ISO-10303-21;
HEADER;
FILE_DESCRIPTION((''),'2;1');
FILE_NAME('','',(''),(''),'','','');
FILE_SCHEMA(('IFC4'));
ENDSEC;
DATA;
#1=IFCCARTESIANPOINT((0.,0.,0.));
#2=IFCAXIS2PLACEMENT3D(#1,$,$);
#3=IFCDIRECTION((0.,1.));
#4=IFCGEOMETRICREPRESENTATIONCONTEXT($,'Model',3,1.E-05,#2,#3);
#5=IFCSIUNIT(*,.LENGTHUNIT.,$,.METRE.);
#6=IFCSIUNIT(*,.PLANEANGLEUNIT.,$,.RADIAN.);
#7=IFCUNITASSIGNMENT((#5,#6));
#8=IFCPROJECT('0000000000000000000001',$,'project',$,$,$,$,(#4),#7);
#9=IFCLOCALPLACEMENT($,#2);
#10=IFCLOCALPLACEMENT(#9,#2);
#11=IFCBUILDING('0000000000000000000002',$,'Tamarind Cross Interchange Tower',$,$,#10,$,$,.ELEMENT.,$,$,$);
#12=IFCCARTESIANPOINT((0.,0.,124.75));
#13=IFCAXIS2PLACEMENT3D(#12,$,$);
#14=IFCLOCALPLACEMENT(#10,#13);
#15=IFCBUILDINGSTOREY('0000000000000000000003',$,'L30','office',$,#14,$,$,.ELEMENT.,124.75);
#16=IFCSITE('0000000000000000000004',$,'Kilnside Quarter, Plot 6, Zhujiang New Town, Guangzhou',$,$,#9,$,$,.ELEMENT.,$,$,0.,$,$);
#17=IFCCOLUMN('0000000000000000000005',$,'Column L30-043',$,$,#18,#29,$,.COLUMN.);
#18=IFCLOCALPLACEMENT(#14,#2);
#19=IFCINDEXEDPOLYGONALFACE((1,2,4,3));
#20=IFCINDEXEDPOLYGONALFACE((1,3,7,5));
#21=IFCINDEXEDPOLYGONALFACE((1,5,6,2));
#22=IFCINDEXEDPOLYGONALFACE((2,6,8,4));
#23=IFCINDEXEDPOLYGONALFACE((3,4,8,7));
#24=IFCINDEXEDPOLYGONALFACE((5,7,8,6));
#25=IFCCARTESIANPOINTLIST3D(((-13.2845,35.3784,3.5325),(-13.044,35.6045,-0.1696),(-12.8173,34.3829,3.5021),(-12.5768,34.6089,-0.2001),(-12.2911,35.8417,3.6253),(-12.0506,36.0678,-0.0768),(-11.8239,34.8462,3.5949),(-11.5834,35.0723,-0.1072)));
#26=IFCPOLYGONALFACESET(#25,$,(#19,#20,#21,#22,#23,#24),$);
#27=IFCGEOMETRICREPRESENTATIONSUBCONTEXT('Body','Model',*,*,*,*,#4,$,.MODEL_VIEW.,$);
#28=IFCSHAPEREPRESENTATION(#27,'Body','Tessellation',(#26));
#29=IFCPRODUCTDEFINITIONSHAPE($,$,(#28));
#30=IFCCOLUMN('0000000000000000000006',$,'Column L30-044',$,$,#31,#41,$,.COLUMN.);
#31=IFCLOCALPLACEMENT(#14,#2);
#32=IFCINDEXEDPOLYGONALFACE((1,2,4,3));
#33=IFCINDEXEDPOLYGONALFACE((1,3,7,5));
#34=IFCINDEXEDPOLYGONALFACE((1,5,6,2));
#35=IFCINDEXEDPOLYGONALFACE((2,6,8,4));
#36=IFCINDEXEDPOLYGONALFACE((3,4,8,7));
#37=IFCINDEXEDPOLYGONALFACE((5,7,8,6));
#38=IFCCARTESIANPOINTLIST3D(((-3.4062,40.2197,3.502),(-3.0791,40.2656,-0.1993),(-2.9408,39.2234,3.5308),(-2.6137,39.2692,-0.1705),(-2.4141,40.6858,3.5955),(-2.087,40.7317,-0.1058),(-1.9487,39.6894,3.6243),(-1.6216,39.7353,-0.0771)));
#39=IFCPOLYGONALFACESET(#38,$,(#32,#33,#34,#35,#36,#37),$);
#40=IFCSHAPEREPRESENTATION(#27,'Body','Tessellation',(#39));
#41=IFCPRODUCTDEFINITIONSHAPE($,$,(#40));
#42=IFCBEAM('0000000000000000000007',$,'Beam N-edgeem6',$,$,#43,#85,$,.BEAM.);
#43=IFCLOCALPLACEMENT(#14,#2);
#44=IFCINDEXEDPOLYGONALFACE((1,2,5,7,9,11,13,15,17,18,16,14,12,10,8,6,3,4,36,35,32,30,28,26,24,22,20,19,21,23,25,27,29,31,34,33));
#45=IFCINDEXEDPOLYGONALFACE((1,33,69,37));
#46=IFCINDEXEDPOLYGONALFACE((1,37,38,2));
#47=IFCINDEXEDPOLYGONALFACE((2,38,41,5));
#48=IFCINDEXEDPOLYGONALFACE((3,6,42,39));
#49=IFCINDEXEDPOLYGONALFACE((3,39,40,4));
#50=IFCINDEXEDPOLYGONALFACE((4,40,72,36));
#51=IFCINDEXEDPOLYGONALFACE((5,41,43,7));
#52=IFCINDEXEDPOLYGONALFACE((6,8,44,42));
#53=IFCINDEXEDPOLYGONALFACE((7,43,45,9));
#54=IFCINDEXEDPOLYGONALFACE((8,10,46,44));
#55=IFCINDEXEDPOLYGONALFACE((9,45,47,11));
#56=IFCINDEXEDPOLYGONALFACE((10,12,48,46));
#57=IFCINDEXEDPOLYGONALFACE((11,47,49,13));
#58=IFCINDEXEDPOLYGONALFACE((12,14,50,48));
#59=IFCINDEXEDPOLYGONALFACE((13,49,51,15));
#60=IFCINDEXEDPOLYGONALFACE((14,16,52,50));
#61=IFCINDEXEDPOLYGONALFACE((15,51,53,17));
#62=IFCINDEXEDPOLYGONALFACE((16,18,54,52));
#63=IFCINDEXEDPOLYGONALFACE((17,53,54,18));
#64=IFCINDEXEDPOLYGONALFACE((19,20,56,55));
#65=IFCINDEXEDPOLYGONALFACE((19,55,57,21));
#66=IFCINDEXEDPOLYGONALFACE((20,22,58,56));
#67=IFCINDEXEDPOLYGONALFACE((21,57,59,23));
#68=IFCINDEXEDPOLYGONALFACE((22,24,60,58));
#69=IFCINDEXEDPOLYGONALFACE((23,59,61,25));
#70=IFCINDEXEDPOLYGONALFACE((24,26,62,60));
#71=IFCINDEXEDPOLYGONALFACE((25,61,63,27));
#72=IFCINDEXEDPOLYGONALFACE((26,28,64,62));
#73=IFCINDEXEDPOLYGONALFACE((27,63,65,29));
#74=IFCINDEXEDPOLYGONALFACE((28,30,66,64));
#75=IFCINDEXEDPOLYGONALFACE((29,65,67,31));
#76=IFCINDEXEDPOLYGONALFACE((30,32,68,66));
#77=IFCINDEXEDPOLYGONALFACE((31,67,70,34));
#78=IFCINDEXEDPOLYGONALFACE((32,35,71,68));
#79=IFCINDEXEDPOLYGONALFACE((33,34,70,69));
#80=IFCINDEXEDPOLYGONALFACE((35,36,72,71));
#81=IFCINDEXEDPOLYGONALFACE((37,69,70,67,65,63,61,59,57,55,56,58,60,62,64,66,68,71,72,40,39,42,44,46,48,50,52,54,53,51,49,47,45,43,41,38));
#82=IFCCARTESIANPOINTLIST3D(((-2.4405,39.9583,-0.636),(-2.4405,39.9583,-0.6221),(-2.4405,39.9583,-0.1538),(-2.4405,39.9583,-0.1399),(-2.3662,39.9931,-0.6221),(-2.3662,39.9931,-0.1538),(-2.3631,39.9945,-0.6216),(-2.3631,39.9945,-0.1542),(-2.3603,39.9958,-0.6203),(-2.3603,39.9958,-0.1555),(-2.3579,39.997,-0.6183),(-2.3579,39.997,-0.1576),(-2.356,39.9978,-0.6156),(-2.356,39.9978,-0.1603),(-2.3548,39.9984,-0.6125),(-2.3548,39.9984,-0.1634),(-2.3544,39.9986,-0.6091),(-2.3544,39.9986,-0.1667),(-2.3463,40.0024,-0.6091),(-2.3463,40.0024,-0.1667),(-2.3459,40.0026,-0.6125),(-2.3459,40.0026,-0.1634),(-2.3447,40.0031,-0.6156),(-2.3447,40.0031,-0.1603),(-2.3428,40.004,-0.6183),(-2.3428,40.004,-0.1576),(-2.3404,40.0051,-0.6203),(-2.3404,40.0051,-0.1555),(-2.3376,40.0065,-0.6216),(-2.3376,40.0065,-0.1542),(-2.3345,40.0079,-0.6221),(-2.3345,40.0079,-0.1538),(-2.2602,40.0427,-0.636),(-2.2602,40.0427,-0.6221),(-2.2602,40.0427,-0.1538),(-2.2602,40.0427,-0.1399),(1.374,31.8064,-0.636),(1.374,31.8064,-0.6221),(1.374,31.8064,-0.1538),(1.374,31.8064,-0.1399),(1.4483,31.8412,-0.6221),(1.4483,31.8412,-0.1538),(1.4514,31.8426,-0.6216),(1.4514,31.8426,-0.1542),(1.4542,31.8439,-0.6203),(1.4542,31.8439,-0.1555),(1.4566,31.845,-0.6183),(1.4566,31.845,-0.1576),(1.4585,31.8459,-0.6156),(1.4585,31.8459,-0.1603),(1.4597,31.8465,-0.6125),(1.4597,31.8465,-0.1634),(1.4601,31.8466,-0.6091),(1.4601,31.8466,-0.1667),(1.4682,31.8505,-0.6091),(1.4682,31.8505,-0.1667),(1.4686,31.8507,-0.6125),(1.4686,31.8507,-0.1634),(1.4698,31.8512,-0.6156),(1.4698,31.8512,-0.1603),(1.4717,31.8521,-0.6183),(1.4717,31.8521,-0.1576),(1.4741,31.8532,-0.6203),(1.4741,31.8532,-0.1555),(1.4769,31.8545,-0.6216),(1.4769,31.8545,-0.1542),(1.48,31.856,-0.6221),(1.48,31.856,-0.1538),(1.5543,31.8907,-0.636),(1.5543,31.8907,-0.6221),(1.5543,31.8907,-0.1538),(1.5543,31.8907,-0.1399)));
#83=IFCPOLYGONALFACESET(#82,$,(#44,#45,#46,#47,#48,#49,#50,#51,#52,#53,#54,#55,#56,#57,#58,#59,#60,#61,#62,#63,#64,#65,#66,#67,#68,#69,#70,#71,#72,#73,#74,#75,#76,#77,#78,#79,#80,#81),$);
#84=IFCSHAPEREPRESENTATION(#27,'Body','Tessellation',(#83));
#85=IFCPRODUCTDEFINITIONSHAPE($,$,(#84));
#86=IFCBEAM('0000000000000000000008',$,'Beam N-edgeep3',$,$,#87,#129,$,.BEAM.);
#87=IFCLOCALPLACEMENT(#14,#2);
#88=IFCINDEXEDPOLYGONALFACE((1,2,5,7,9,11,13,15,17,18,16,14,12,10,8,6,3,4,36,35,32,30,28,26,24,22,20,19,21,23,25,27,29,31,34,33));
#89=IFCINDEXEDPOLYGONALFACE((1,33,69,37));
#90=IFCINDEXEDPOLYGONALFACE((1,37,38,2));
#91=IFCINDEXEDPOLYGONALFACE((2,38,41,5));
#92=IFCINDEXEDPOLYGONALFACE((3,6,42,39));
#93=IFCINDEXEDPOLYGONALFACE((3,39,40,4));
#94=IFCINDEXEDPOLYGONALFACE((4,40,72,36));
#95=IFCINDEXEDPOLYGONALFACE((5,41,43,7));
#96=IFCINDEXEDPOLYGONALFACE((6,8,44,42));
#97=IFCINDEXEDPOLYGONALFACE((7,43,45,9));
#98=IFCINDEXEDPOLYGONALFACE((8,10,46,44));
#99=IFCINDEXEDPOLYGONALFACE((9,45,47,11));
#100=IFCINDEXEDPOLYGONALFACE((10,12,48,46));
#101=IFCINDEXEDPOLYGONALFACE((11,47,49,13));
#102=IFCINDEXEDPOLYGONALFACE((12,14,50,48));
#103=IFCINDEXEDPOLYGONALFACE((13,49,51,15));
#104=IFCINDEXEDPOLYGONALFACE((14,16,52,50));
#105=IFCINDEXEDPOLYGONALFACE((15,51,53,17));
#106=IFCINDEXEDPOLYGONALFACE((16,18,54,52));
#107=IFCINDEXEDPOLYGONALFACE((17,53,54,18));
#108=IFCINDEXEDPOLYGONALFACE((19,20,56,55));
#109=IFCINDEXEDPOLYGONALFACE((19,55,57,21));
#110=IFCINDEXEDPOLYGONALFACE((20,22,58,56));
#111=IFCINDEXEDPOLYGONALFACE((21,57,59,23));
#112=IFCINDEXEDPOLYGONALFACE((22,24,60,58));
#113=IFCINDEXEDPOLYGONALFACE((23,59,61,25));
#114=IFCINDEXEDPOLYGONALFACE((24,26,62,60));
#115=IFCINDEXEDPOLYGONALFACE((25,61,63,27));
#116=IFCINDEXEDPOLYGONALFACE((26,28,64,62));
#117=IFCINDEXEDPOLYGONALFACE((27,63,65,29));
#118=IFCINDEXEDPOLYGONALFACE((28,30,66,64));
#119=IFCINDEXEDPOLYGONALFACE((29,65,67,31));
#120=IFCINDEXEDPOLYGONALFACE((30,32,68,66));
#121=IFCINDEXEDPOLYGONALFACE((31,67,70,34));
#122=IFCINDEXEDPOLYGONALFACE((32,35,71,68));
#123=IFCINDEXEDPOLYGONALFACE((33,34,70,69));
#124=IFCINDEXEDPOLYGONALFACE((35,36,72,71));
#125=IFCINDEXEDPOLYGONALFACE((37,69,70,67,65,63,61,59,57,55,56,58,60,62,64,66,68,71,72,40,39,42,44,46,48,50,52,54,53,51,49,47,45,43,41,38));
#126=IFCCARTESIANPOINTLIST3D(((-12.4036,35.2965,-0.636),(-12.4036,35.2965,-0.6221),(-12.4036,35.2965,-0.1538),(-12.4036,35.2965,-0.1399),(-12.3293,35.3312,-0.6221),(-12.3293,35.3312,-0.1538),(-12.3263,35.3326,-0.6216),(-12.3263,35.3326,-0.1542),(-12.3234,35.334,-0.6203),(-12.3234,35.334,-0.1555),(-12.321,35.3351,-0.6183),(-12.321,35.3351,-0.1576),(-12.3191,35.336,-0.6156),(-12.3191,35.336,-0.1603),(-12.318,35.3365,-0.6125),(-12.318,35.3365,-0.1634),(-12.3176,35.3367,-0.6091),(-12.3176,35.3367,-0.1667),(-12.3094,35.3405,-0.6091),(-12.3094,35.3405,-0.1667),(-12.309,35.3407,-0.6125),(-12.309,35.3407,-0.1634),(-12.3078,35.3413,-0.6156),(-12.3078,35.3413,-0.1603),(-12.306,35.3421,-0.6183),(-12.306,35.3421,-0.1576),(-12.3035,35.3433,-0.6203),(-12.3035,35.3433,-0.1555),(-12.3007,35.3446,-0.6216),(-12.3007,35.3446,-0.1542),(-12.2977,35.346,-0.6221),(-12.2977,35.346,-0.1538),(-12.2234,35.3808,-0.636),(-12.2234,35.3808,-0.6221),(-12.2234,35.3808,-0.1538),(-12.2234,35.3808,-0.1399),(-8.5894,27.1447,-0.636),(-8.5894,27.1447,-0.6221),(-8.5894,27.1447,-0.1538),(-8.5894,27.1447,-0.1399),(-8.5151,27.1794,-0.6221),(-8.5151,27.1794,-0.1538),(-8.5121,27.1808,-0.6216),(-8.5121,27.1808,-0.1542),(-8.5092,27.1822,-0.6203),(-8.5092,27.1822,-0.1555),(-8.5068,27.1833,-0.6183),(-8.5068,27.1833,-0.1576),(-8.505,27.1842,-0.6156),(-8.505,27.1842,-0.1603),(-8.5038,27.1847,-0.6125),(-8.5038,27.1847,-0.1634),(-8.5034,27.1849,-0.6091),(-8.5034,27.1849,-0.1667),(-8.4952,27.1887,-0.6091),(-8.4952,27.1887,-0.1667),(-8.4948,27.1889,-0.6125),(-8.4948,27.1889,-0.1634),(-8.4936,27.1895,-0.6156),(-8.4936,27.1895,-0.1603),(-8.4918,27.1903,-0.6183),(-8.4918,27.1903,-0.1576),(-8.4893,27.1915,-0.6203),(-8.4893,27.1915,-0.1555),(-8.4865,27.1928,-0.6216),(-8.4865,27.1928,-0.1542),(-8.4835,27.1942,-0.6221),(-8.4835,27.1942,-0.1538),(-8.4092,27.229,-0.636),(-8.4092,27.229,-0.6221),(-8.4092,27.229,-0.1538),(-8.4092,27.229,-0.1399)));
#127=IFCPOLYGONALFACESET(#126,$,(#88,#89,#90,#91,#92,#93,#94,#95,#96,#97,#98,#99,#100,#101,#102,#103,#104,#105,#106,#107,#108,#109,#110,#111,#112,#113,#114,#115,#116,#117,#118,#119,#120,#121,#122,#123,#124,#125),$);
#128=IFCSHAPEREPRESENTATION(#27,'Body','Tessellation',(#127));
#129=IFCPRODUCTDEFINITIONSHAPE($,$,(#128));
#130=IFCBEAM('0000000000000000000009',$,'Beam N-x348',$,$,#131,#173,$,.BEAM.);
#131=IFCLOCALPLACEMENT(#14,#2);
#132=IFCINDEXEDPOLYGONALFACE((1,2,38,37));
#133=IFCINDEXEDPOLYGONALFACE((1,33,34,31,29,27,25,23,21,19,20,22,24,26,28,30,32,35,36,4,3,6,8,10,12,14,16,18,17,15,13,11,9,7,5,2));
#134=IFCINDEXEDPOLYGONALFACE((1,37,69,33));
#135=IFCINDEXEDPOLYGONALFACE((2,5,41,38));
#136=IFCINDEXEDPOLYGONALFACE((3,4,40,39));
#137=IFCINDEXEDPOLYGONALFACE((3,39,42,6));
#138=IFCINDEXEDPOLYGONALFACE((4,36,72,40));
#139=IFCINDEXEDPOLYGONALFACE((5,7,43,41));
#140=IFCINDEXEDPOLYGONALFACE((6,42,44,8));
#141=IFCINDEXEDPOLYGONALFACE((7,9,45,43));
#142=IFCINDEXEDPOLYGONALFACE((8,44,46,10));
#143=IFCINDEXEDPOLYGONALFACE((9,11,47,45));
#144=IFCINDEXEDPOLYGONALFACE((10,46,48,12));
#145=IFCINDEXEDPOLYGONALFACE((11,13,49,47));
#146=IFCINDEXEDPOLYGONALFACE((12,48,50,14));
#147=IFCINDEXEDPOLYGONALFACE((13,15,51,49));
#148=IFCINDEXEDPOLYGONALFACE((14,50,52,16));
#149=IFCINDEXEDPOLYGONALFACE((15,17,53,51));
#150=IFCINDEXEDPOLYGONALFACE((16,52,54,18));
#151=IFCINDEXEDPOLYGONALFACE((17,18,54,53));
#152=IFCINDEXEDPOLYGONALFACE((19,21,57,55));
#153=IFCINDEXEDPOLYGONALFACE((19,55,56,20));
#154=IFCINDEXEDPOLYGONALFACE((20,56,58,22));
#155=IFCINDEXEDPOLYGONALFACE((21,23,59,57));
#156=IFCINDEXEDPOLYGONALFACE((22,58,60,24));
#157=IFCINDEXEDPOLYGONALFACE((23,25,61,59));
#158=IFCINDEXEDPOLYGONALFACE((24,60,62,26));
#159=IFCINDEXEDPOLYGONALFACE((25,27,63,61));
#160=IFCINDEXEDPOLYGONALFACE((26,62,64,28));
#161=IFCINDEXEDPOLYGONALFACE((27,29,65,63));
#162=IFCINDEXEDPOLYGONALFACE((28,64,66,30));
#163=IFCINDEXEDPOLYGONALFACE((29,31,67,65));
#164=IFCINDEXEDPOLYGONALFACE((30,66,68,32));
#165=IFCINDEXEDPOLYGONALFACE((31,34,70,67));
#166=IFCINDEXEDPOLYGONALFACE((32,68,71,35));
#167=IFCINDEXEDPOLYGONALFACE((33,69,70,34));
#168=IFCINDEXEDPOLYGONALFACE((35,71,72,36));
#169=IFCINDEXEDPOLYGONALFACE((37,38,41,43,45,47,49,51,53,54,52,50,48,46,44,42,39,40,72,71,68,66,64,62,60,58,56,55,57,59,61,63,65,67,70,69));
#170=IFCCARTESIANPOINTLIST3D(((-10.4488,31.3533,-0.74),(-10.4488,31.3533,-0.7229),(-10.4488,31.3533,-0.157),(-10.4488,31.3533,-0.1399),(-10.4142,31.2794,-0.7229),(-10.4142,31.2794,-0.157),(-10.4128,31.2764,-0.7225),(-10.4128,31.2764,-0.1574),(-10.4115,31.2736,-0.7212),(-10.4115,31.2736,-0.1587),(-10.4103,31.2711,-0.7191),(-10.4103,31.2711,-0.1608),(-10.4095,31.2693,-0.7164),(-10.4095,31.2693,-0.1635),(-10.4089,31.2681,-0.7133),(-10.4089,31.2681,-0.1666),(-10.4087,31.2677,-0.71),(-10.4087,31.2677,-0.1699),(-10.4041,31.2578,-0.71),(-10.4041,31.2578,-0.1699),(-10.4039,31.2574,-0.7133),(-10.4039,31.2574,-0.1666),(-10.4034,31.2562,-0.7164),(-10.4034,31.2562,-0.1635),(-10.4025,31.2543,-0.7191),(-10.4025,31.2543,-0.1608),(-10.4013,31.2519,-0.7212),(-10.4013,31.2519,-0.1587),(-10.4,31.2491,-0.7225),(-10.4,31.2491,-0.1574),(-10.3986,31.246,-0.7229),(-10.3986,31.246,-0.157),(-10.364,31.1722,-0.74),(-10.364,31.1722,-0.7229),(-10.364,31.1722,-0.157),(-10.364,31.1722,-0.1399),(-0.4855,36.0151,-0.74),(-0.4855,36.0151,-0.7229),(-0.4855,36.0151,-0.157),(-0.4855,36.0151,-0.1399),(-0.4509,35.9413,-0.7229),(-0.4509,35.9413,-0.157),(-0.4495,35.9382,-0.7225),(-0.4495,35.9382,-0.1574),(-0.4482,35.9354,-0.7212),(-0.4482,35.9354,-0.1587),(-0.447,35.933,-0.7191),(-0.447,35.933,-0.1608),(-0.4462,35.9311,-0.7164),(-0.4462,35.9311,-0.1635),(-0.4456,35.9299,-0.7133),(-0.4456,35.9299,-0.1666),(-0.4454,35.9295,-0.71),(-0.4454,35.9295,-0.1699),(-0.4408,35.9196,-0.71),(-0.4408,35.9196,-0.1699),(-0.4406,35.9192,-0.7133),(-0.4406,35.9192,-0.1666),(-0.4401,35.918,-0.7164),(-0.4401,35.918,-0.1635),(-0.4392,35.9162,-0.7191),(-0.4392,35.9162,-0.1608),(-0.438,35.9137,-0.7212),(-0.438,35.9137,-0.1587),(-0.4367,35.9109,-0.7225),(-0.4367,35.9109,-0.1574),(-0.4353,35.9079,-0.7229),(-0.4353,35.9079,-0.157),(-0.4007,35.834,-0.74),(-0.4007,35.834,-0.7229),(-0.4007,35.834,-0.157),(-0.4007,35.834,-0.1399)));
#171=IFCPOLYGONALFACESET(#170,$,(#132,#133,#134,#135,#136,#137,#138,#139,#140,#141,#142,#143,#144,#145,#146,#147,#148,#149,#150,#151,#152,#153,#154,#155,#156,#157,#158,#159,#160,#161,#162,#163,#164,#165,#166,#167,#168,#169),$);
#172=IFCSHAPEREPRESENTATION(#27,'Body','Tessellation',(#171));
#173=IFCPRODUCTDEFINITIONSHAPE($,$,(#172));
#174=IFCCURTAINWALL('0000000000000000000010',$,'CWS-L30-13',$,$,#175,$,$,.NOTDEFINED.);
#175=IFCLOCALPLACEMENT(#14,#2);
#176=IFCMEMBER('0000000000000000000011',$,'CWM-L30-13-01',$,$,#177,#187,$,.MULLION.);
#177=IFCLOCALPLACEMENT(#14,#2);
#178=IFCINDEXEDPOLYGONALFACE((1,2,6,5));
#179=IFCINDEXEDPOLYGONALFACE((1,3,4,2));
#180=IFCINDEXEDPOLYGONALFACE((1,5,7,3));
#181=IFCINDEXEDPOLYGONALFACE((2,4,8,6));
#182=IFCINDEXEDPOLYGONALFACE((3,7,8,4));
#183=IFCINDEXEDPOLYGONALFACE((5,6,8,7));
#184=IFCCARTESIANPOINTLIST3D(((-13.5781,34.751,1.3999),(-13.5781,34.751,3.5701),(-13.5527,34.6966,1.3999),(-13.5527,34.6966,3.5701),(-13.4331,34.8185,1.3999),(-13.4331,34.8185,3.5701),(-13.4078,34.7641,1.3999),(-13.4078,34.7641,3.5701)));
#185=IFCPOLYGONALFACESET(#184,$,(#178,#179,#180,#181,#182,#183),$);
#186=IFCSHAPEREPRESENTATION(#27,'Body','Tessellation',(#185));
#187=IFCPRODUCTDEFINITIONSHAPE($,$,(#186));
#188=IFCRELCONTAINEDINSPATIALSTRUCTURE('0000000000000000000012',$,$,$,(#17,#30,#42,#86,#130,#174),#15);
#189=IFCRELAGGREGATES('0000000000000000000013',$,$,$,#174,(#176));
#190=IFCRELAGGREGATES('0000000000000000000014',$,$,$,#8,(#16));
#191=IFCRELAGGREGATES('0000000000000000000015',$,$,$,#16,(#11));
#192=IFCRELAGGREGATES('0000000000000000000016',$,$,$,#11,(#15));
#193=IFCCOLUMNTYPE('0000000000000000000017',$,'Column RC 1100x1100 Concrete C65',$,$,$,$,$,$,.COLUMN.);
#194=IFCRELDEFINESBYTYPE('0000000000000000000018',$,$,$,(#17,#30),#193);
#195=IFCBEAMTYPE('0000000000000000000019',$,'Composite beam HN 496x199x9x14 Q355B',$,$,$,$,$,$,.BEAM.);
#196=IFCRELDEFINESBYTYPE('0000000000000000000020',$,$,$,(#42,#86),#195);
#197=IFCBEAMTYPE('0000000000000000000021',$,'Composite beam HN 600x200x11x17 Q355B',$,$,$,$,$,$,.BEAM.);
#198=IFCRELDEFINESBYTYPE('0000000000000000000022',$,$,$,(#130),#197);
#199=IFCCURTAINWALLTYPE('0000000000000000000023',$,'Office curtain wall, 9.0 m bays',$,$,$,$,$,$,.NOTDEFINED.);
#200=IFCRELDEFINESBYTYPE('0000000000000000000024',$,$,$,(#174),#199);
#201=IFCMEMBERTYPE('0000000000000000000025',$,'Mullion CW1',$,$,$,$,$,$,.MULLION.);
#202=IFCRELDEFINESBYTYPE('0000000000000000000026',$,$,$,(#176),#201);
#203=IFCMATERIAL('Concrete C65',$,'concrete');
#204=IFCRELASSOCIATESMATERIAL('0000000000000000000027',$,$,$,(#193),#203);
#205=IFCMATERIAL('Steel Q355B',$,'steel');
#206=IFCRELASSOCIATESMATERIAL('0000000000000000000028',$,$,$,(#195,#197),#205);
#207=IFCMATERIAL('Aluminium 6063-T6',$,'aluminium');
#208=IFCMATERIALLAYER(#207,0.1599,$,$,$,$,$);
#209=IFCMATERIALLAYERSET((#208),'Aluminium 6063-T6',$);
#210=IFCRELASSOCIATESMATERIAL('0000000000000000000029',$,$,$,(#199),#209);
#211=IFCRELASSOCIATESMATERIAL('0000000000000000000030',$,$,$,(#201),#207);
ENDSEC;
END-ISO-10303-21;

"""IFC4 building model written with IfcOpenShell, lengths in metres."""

from ifc_helpers import new_model, si_unit, direction, frame, origin, origin_2d, place, context, subcontext, project, spatial, rectangle, i_section, extrude, material, layer, layer_set, material_profile, profile_set, type_object, element, aggregate, save


model = new_model("IFC4")

# Units and contexts
model_context = context("Model", 3, precision=1e-05, world=origin(), true_north=direction((0.0, 1.0)))
body_context = subcontext(model_context, "Body", "Model", "MODEL_VIEW")
ifc_project = project(units=[si_unit("LENGTHUNIT", "METRE"), si_unit("PLANEANGLEUNIT", "RADIAN")], contexts=[model_context])

# Site, building, storey
site_placement = place(None, origin())
site = spatial("IfcSite", under=ifc_project, at=site_placement, Name="Kilnside Quarter, Plot 6, Zhujiang New Town, Guangzhou", CompositionType="ELEMENT", RefElevation=0.0)
building_placement = place(site_placement, origin())
building = spatial("IfcBuilding", under=site, at=building_placement, Name="Tamarind Cross Interchange Tower", CompositionType="ELEMENT")
storey_placement = place(building_placement, frame((0.0, 0.0, 124.75)))
storey = spatial("IfcBuildingStorey", under=building, at=storey_placement, Name="L30", Description="office", CompositionType="ELEMENT", Elevation=124.75)

# Columns
ifc_material_1 = material(Name="Concrete C65", Category="concrete")
ifc_material_profile_1 = material_profile(ifc_material_1, rectangle(XDim=1.1001, YDim=1.1001, at=origin_2d()), Name="RC 1100x1100")
ifc_profile_set_1 = profile_set([ifc_material_profile_1], Name="Concrete C65")
column_type = type_object("IfcColumnType", Name="Column RC 1100x1100 Concrete C65", PredefinedType="COLUMN", material=ifc_profile_set_1)
column_1_placement = place(storey_placement, frame((-12.3137, 35.3384, -0.1384), z_axis=(-0.0647, -0.060824, 0.996049), x_axis=(0.903035, 0.421198, 0.084379)))
element("IfcColumn", 1, at=column_1_placement, inside=storey, type_object=column_type, Name="Column L30-043", PredefinedType="COLUMN", context=body_context, shape_type="SweptSolid", body=[
    extrude(rectangle(XDim=1.1001, YDim=1.1001, at=origin_2d()), origin(), (0.0, 0.0, 1.0), 3.7168),
])
column_2_placement = place(storey_placement, frame((-2.3503, 40.0005, -0.1382), z_axis=(-0.088035, -0.012351, 0.996041), x_axis=(0.423053, -0.905727, 0.02616)))
element("IfcColumn", 2, at=column_2_placement, inside=storey, type_object=column_type, Name="Column L30-044", PredefinedType="COLUMN", context=body_context, shape_type="SweptSolid", body=[
    extrude(rectangle(XDim=1.1001, YDim=1.1001, at=origin_2d()), origin(), (0.0, 0.0, 1.0), 3.7161),
])

# Beams
ifc_material_2 = material(Name="Steel Q355B", Category="steel")
ifc_material_profile_2 = material_profile(ifc_material_2, i_section(OverallWidth=0.199, OverallDepth=0.4961, WebThickness=0.009, FlangeThickness=0.0139, FilletRadius=0.0129, at=origin_2d()), Name="HN 496x199x9x14")
ifc_profile_set_2 = profile_set([ifc_material_profile_2], Name="Steel Q355B")
beam_type_1 = type_object("IfcBeamType", Name="Composite beam HN 496x199x9x14 Q355B", PredefinedType="BEAM", material=ifc_profile_set_2)
beam_1_placement = place(storey_placement, frame((-2.3503, 40.0005, -0.3879), z_axis=(0.423821, -0.905746, 0.0), x_axis=(0.905746, 0.423821, 0.0)))
element("IfcBeam", 3, at=beam_1_placement, inside=storey, type_object=beam_type_1, Name="Beam N-edgeem6", PredefinedType="BEAM", context=body_context, shape_type="SweptSolid", body=[
    extrude(i_section(OverallWidth=0.199, OverallDepth=0.4961, WebThickness=0.009, FlangeThickness=0.0139, FilletRadius=0.0129, at=origin_2d()), origin(), (0.0, 0.0, 1.0), 9.0002),
])
beam_2_placement = place(storey_placement, frame((-12.3135, 35.3386, -0.3879), z_axis=(0.423799, -0.905756, 0.0), x_axis=(0.905756, 0.423799, 0.0)))
element("IfcBeam", 4, at=beam_2_placement, inside=storey, type_object=beam_type_1, Name="Beam N-edgeep3", PredefinedType="BEAM", context=body_context, shape_type="SweptSolid", body=[
    extrude(i_section(OverallWidth=0.199, OverallDepth=0.4961, WebThickness=0.009, FlangeThickness=0.0139, FilletRadius=0.0129, at=origin_2d()), origin(), (0.0, 0.0, 1.0), 9.0),
])
ifc_material_profile_3 = material_profile(ifc_material_2, i_section(OverallWidth=0.2, OverallDepth=0.6001, WebThickness=0.011, FlangeThickness=0.0171, FilletRadius=0.0129, at=origin_2d()), Name="HN 600x200x11x17")
ifc_profile_set_3 = profile_set([ifc_material_profile_3], Name="Steel Q355B")
beam_type_2 = type_object("IfcBeamType", Name="Composite beam HN 600x200x11x17 Q355B", PredefinedType="BEAM", material=ifc_profile_set_3)
beam_3_placement = place(storey_placement, frame((-0.4431, 35.9246, -0.4399), z_axis=(-0.905755, -0.423803, 0.0), x_axis=(0.423803, -0.905755, 0.0)))
element("IfcBeam", 5, at=beam_3_placement, inside=storey, type_object=beam_type_2, Name="Beam N-x348", PredefinedType="BEAM", context=body_context, shape_type="SweptSolid", body=[
    extrude(i_section(OverallWidth=0.2, OverallDepth=0.6001, WebThickness=0.011, FlangeThickness=0.0171, FilletRadius=0.0129, at=origin_2d()), origin(), (0.0, 0.0, 1.0), 11.0),
])

# Curtain wall, member
ifc_material_3 = material(Name="Aluminium 6063-T6", Category="aluminium")
ifc_layer_1 = layer(ifc_material_3, 0.1599)
ifc_layer_set_1 = layer_set([ifc_layer_1], Name="Aluminium 6063-T6")
curtain_wall_type = type_object("IfcCurtainWallType", Name="Office curtain wall, 9.0 m bays", PredefinedType="NOTDEFINED", material=ifc_layer_set_1)
curtain_wall_placement = place(storey_placement, origin())
curtain_wall = element("IfcCurtainWall", 6, at=curtain_wall_placement, inside=storey, type_object=curtain_wall_type, Name="CWS-L30-13", PredefinedType="NOTDEFINED")
ifc_material_profile_4 = material_profile(ifc_material_3, rectangle(XDim=0.0601, YDim=0.1599, at=origin_2d()), Name="Mullion CW1")
ifc_profile_set_4 = profile_set([ifc_material_profile_4], Name="Aluminium 6063-T6")
member_type = type_object("IfcMemberType", Name="Mullion CW1", PredefinedType="MULLION", material=ifc_profile_set_4)
member_placement = place(storey_placement, frame((-13.4929, 34.7576, 1.3999), z_axis=(0.0, 0.0, 1.0), x_axis=(0.422174, -0.906515, 0.0)))
member = element("IfcMember", 7, at=member_placement, type_object=member_type, Name="CWM-L30-13-01", PredefinedType="MULLION", context=body_context, shape_type="SweptSolid", body=[
    extrude(rectangle(XDim=0.0601, YDim=0.1599, at=origin_2d()), origin(), (0.0, 0.0, 1.0), 2.1702),
])
aggregate(curtain_wall, [member])

save(model, "model.ifc")
